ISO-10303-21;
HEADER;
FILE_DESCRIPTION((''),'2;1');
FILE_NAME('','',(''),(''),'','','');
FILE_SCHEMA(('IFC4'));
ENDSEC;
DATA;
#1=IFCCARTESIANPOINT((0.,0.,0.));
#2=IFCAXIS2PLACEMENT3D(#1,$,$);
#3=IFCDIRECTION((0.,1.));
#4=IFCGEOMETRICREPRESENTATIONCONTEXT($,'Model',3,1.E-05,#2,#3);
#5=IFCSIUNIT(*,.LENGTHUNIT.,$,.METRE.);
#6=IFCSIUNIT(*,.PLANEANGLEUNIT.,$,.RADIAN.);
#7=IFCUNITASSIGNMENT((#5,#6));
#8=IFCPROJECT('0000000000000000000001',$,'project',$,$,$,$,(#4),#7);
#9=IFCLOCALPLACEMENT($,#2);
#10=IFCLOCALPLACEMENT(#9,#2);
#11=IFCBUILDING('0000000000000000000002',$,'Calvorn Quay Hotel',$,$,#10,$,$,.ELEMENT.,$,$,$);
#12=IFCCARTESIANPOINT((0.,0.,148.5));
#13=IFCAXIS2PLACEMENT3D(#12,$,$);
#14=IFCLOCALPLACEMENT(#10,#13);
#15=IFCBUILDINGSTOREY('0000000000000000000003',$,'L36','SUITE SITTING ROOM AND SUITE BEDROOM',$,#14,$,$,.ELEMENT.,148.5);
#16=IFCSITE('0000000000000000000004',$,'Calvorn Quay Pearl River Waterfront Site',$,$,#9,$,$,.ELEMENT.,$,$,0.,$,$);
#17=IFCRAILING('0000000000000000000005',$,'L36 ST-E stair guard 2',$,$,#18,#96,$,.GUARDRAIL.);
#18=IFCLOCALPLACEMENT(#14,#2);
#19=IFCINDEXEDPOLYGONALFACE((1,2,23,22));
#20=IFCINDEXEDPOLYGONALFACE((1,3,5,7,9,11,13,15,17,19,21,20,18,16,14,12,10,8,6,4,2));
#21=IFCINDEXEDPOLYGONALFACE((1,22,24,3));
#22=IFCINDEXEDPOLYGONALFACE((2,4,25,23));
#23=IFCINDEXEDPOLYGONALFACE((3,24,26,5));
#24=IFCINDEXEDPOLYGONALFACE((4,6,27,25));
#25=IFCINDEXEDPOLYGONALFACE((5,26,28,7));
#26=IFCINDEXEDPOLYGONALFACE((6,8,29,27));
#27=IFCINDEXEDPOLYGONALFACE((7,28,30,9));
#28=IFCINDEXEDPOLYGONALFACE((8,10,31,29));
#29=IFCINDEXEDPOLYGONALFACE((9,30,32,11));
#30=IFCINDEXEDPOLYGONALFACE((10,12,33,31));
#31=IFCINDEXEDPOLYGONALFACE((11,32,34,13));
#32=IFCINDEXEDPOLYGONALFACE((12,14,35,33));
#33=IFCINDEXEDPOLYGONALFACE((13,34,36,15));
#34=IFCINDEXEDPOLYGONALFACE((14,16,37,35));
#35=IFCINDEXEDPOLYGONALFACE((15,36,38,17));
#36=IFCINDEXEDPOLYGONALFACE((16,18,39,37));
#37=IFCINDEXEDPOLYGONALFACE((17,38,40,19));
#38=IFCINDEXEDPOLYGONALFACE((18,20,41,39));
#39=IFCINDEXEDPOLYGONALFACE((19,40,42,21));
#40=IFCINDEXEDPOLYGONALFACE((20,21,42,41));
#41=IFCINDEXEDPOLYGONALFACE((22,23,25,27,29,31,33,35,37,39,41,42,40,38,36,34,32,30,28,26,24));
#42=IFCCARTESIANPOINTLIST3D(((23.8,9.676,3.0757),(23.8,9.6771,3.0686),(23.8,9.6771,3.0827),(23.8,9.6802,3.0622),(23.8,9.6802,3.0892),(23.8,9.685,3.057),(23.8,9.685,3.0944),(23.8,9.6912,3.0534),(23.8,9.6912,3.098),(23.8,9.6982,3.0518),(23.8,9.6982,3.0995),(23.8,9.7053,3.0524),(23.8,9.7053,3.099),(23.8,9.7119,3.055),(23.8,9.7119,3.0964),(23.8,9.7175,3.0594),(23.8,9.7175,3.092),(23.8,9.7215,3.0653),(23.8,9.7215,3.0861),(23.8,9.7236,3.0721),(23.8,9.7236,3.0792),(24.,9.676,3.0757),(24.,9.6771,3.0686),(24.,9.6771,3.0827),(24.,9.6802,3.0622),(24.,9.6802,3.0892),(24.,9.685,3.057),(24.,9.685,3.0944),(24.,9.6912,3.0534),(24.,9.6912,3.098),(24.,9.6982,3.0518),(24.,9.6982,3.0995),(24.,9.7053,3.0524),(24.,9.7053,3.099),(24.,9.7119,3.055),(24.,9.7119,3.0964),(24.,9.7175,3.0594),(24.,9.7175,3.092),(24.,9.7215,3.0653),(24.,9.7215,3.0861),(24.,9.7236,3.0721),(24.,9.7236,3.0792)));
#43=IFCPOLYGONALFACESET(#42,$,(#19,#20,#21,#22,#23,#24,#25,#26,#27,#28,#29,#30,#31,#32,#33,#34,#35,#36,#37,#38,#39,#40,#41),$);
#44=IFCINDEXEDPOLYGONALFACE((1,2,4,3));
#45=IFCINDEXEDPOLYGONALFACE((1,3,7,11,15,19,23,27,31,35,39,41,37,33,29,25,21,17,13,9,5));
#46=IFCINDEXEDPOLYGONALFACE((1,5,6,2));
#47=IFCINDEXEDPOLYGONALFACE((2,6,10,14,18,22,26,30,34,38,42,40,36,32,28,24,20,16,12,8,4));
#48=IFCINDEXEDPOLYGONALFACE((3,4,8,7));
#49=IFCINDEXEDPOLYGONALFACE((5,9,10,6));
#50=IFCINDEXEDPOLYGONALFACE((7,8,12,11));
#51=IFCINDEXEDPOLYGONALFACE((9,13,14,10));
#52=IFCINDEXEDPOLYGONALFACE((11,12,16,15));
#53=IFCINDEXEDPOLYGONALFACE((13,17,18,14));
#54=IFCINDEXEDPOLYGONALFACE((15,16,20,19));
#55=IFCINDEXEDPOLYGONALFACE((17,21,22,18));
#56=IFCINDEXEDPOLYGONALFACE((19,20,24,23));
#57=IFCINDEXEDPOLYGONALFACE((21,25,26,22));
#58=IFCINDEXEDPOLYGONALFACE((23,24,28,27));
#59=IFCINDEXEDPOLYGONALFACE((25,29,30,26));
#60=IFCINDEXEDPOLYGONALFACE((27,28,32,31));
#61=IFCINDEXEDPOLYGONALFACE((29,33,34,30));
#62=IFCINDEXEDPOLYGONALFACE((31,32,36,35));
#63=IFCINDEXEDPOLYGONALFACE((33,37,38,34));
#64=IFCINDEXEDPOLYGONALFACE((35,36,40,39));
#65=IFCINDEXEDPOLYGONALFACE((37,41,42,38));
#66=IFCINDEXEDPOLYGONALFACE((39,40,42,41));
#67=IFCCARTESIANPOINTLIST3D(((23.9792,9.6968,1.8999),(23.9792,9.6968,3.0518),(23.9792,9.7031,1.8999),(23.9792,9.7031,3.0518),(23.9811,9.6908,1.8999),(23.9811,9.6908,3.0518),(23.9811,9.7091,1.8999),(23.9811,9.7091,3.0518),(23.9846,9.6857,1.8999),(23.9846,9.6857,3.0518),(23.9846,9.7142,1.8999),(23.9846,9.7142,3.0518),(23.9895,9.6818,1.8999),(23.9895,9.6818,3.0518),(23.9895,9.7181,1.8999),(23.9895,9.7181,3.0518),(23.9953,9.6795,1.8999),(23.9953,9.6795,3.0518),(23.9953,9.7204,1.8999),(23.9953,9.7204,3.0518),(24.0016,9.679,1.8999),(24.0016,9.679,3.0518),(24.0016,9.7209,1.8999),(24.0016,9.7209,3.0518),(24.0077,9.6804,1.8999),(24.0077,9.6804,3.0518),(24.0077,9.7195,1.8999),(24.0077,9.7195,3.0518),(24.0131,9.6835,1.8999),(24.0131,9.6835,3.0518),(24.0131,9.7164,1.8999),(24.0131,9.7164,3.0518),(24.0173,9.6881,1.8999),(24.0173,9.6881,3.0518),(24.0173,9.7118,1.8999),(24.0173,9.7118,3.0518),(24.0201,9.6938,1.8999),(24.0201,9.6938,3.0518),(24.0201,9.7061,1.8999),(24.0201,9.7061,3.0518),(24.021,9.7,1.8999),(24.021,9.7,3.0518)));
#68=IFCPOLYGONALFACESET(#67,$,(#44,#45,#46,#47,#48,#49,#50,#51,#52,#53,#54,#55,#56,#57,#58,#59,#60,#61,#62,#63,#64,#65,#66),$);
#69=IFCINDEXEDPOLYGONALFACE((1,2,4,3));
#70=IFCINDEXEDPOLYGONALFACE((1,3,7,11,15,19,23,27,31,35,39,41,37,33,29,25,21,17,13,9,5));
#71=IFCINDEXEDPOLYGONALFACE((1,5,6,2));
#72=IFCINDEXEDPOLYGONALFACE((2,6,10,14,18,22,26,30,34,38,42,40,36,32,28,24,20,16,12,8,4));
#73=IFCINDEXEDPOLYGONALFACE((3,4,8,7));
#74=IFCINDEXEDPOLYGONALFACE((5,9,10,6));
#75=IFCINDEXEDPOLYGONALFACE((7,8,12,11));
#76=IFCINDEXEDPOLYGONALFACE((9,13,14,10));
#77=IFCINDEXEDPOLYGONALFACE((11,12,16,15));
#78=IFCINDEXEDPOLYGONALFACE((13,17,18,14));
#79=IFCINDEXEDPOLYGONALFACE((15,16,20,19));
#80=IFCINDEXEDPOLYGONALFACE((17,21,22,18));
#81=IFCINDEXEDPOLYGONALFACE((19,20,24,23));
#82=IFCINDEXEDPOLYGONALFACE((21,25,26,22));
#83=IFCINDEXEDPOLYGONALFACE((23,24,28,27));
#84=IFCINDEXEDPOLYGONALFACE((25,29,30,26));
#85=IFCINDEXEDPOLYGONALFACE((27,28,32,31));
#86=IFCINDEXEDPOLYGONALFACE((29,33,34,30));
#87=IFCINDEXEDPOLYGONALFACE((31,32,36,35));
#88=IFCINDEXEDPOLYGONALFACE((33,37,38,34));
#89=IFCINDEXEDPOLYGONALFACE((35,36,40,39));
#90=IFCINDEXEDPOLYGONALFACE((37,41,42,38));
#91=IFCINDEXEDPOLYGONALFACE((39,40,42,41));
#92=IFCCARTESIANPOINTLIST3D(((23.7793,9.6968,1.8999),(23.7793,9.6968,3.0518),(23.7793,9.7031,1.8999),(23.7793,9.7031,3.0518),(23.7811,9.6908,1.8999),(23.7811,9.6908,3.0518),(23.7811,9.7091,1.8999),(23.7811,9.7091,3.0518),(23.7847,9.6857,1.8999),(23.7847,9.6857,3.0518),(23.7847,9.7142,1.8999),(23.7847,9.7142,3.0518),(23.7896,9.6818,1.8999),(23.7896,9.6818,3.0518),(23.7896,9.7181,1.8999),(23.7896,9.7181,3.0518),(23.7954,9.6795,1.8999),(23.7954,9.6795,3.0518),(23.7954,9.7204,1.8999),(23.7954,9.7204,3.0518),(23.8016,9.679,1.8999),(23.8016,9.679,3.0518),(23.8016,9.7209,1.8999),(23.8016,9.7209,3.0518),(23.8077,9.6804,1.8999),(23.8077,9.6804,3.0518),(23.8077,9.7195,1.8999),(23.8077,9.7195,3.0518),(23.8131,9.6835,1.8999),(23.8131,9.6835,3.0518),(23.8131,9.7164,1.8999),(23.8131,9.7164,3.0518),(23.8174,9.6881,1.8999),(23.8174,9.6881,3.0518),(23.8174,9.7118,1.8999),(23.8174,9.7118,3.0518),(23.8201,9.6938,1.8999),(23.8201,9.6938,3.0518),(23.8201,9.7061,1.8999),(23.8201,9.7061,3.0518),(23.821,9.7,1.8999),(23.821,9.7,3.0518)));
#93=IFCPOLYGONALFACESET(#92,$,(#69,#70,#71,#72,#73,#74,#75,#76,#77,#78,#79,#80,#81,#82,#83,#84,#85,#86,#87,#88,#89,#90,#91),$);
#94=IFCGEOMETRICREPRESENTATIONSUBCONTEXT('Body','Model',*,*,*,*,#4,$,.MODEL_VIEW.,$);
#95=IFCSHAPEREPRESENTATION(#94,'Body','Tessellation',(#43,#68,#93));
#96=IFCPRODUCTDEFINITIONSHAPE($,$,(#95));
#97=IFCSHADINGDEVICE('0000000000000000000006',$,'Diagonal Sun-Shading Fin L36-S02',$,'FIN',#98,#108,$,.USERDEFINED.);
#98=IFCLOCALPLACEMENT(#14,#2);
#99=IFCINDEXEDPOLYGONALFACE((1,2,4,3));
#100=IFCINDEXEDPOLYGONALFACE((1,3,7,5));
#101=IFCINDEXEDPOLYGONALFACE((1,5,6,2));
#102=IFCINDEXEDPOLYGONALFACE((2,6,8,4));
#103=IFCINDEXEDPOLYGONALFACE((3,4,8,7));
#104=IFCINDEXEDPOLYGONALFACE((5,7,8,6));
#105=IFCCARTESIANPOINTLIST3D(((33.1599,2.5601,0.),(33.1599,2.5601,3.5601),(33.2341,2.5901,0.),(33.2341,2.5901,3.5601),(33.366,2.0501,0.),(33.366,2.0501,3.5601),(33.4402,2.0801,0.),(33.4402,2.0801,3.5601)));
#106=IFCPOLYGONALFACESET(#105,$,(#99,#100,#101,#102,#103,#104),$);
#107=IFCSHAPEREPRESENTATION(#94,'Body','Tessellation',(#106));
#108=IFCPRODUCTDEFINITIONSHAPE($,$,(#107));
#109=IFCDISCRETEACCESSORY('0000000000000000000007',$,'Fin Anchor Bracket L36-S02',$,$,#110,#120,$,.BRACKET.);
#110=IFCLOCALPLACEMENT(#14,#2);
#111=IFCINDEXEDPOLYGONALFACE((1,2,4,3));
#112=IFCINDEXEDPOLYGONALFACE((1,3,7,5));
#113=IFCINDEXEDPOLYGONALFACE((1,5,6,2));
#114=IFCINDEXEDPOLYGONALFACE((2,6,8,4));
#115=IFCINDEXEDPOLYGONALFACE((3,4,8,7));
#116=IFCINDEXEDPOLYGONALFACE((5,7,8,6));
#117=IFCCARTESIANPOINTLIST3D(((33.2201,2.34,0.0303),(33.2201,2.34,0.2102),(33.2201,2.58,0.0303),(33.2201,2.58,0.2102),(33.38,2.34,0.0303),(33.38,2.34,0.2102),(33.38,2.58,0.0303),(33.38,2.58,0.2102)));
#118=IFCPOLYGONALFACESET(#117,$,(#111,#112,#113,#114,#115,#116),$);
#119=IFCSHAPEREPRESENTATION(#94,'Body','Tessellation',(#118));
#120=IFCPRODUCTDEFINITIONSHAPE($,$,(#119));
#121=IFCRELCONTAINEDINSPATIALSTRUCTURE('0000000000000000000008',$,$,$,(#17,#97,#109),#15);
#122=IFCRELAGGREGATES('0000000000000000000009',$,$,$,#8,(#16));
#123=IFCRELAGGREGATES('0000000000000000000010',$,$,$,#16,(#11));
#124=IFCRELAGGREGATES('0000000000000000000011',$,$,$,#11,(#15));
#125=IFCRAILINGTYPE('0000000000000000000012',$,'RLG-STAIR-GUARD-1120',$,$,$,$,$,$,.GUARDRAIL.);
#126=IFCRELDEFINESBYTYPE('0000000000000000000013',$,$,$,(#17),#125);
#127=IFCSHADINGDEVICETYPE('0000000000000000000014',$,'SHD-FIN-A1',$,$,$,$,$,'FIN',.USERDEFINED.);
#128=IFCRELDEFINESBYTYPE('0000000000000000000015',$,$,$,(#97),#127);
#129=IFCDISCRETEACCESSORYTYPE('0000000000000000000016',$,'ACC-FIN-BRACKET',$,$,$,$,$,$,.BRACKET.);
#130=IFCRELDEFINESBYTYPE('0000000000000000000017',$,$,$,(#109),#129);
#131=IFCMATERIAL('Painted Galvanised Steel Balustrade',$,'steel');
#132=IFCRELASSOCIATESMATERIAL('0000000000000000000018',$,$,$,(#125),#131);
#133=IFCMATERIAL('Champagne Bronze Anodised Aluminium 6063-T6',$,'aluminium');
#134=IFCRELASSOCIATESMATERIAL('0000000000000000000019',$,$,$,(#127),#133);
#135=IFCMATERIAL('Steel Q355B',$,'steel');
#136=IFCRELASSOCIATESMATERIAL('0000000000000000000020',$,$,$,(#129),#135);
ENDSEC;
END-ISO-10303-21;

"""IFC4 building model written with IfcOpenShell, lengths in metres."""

from ifc_helpers import new_model, si_unit, direction, frame, origin, origin_2d, place, context, subcontext, project, spatial, rectangle, circle, extrude, material, type_object, element, save


model = new_model("IFC4")

# Units and contexts
model_context = context("Model", 3, precision=1e-05, world=origin(), true_north=direction((0.0, 1.0)))
body_context = subcontext(model_context, "Body", "Model", "MODEL_VIEW")
ifc_project = project(units=[si_unit("LENGTHUNIT", "METRE"), si_unit("PLANEANGLEUNIT", "RADIAN")], contexts=[model_context])

# Site, building, storey
site_placement = place(None, origin())
site = spatial("IfcSite", under=ifc_project, at=site_placement, Name="Calvorn Quay Pearl River Waterfront Site", CompositionType="ELEMENT", RefElevation=0.0)
building_placement = place(site_placement, origin())
building = spatial("IfcBuilding", under=site, at=building_placement, Name="Calvorn Quay Hotel", CompositionType="ELEMENT")
storey_placement = place(building_placement, frame((0.0, 0.0, 148.5)))
storey = spatial("IfcBuildingStorey", under=building, at=storey_placement, Name="L36", Description="SUITE SITTING ROOM AND SUITE BEDROOM", CompositionType="ELEMENT", Elevation=148.5)

# Railing
ifc_material_1 = material(Name="Painted Galvanised Steel Balustrade", Category="steel")
railing_type_1 = type_object("IfcRailingType", Name="RLG-STAIR-GUARD-1120", PredefinedType="GUARDRAIL", material=ifc_material_1)
railing_1_placement = place(storey_placement, frame((24.0, 9.7, 1.8999)))
element("IfcRailing", 1, at=railing_1_placement, inside=storey, type_object=railing_type_1, Name="L36 ST-E stair guard 2", PredefinedType="GUARDRAIL", context=body_context, shape_type="SweptSolid", body=[
    extrude(circle(Radius=0.0239, at=origin_2d()), frame((0.0, 0.0, 1.1758), z_axis=(-1.0, 0.0, 0.0), x_axis=(0.0, -1.0, 0.0)), (0.0, 0.0, 1.0), 0.2),
    extrude(circle(Radius=0.021, at=origin_2d()), origin(), (0.0, 0.0, 1.0), 1.1519),
    extrude(circle(Radius=0.021, at=origin_2d()), frame((-0.2, 0.0, 0.0)), (0.0, 0.0, 1.0), 1.1519),
])

# Shading device
ifc_material_2 = material(Name="Champagne Bronze Anodised Aluminium 6063-T6", Category="aluminium")
shading_device_type = type_object("IfcShadingDeviceType", Name="SHD-FIN-A1", ElementType="FIN", PredefinedType="USERDEFINED", material=ifc_material_2)
shading_device_placement = place(storey_placement, frame((33.3, 2.3201, 0.0), z_axis=(0.0, 0.0, 1.0), x_axis=(-0.374607, 0.927184, 0.0)))
element("IfcShadingDevice", 2, at=shading_device_placement, inside=storey, type_object=shading_device_type, Name="Diagonal Sun-Shading Fin L36-S02", ObjectType="FIN", PredefinedType="USERDEFINED", context=body_context, shape_type="SweptSolid", body=[
    extrude(rectangle(XDim=0.55, YDim=0.0801, at=origin_2d()), origin(), (0.0, 0.0, 1.0), 3.5601),
])

# Discrete accessory
ifc_material_3 = material(Name="Steel Q355B", Category="steel")
discrete_accessory_type = type_object("IfcDiscreteAccessoryType", Name="ACC-FIN-BRACKET", PredefinedType="BRACKET", material=ifc_material_3)
discrete_accessory_placement = place(storey_placement, frame((33.3, 2.46, 0.0303), z_axis=(0.0, 0.0, 1.0), x_axis=(0.0, 1.0, 0.0)))
element("IfcDiscreteAccessory", 3, at=discrete_accessory_placement, inside=storey, type_object=discrete_accessory_type, Name="Fin Anchor Bracket L36-S02", PredefinedType="BRACKET", context=body_context, shape_type="SweptSolid", body=[
    extrude(rectangle(XDim=0.24, YDim=0.1599, at=origin_2d()), origin(), (0.0, 0.0, 1.0), 0.1799),
])

save(model, "model.ifc")
